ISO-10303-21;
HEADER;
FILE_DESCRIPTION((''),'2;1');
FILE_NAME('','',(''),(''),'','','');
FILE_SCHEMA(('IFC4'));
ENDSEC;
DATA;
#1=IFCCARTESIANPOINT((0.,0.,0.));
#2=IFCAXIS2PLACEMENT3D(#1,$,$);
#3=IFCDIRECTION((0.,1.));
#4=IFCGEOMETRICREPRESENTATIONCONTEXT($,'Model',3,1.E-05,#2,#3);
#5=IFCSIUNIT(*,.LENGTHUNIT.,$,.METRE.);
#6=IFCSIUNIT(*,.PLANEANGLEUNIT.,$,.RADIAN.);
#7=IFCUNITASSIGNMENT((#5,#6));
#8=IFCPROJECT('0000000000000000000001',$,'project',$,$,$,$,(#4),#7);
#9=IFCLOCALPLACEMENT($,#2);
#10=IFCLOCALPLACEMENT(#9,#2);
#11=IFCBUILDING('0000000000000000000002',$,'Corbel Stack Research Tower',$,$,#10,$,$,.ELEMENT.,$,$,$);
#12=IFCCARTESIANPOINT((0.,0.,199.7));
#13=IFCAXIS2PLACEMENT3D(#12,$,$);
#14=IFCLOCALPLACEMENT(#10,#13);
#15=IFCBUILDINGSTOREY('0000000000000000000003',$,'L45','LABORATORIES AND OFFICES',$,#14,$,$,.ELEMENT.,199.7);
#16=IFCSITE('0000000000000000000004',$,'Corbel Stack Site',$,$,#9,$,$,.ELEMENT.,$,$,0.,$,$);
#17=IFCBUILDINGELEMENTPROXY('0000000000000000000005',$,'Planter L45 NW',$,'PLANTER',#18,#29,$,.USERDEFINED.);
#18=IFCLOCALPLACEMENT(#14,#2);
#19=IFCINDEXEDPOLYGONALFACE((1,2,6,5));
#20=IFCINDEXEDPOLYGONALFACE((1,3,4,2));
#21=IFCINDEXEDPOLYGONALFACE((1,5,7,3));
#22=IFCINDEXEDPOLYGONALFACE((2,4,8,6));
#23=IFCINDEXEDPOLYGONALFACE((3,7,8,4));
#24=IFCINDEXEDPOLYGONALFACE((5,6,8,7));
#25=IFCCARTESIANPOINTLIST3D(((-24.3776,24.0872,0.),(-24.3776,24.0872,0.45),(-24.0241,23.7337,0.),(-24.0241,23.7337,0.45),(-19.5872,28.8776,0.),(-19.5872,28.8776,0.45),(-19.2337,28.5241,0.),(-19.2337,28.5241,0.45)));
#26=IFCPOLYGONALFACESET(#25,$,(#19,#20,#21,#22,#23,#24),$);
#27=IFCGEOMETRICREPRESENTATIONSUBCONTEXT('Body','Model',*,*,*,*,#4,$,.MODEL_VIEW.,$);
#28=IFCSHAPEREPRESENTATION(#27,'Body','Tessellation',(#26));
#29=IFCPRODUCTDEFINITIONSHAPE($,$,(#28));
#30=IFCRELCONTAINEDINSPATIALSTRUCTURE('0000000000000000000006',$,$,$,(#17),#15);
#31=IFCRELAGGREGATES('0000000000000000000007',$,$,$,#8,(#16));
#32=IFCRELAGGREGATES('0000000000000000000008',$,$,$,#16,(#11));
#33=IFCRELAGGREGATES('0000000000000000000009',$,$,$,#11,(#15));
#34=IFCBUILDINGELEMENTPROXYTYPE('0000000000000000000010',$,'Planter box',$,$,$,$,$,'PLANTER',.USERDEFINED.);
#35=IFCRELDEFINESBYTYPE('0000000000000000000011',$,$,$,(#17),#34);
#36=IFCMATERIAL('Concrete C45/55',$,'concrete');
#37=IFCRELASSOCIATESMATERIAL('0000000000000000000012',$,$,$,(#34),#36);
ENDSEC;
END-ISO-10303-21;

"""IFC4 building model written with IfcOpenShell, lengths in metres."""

from ifc_helpers import new_model, si_unit, direction, frame, origin, origin_2d, place, context, subcontext, project, spatial, rectangle, extrude, material, type_object, element, save


model = new_model("IFC4")

# Units and contexts
model_context = context("Model", 3, precision=1e-05, world=origin(), true_north=direction((0.0, 1.0)))
body_context = subcontext(model_context, "Body", "Model", "MODEL_VIEW")
ifc_project = project(units=[si_unit("LENGTHUNIT", "METRE"), si_unit("PLANEANGLEUNIT", "RADIAN")], contexts=[model_context])

# Site, building, storey
site_placement = place(None, origin())
site = spatial("IfcSite", under=ifc_project, at=site_placement, Name="Corbel Stack Site", CompositionType="ELEMENT", RefElevation=0.0)
building_placement = place(site_placement, origin())
building = spatial("IfcBuilding", under=site, at=building_placement, Name="Corbel Stack Research Tower", CompositionType="ELEMENT")
storey_placement = place(building_placement, frame((0.0, 0.0, 199.7)))
storey = spatial("IfcBuildingStorey", under=building, at=storey_placement, Name="L45", Description="LABORATORIES AND OFFICES", CompositionType="ELEMENT", Elevation=199.7)

# Building element proxy
ifc_material_1 = material(Name="Concrete C45/55", Category="concrete")
building_element_proxy_type = type_object("IfcBuildingElementProxyType", Name="Planter box", ElementType="PLANTER", PredefinedType="USERDEFINED", material=ifc_material_1)
proxy_placement = place(storey_placement, frame((-21.8057, 26.3057, 0.0), z_axis=(0.0, 0.0, 1.0), x_axis=(-0.707107, -0.707107, 0.0)))
element("IfcBuildingElementProxy", 1, at=proxy_placement, inside=storey, type_object=building_element_proxy_type, Name="Planter L45 NW", ObjectType="PLANTER", PredefinedType="USERDEFINED", context=body_context, shape_type="SweptSolid", body=[
    extrude(rectangle(XDim=6.7747, YDim=0.5, at=origin_2d()), origin(), (0.0, 0.0, 1.0), 0.45),
])

save(model, "model.ifc")
